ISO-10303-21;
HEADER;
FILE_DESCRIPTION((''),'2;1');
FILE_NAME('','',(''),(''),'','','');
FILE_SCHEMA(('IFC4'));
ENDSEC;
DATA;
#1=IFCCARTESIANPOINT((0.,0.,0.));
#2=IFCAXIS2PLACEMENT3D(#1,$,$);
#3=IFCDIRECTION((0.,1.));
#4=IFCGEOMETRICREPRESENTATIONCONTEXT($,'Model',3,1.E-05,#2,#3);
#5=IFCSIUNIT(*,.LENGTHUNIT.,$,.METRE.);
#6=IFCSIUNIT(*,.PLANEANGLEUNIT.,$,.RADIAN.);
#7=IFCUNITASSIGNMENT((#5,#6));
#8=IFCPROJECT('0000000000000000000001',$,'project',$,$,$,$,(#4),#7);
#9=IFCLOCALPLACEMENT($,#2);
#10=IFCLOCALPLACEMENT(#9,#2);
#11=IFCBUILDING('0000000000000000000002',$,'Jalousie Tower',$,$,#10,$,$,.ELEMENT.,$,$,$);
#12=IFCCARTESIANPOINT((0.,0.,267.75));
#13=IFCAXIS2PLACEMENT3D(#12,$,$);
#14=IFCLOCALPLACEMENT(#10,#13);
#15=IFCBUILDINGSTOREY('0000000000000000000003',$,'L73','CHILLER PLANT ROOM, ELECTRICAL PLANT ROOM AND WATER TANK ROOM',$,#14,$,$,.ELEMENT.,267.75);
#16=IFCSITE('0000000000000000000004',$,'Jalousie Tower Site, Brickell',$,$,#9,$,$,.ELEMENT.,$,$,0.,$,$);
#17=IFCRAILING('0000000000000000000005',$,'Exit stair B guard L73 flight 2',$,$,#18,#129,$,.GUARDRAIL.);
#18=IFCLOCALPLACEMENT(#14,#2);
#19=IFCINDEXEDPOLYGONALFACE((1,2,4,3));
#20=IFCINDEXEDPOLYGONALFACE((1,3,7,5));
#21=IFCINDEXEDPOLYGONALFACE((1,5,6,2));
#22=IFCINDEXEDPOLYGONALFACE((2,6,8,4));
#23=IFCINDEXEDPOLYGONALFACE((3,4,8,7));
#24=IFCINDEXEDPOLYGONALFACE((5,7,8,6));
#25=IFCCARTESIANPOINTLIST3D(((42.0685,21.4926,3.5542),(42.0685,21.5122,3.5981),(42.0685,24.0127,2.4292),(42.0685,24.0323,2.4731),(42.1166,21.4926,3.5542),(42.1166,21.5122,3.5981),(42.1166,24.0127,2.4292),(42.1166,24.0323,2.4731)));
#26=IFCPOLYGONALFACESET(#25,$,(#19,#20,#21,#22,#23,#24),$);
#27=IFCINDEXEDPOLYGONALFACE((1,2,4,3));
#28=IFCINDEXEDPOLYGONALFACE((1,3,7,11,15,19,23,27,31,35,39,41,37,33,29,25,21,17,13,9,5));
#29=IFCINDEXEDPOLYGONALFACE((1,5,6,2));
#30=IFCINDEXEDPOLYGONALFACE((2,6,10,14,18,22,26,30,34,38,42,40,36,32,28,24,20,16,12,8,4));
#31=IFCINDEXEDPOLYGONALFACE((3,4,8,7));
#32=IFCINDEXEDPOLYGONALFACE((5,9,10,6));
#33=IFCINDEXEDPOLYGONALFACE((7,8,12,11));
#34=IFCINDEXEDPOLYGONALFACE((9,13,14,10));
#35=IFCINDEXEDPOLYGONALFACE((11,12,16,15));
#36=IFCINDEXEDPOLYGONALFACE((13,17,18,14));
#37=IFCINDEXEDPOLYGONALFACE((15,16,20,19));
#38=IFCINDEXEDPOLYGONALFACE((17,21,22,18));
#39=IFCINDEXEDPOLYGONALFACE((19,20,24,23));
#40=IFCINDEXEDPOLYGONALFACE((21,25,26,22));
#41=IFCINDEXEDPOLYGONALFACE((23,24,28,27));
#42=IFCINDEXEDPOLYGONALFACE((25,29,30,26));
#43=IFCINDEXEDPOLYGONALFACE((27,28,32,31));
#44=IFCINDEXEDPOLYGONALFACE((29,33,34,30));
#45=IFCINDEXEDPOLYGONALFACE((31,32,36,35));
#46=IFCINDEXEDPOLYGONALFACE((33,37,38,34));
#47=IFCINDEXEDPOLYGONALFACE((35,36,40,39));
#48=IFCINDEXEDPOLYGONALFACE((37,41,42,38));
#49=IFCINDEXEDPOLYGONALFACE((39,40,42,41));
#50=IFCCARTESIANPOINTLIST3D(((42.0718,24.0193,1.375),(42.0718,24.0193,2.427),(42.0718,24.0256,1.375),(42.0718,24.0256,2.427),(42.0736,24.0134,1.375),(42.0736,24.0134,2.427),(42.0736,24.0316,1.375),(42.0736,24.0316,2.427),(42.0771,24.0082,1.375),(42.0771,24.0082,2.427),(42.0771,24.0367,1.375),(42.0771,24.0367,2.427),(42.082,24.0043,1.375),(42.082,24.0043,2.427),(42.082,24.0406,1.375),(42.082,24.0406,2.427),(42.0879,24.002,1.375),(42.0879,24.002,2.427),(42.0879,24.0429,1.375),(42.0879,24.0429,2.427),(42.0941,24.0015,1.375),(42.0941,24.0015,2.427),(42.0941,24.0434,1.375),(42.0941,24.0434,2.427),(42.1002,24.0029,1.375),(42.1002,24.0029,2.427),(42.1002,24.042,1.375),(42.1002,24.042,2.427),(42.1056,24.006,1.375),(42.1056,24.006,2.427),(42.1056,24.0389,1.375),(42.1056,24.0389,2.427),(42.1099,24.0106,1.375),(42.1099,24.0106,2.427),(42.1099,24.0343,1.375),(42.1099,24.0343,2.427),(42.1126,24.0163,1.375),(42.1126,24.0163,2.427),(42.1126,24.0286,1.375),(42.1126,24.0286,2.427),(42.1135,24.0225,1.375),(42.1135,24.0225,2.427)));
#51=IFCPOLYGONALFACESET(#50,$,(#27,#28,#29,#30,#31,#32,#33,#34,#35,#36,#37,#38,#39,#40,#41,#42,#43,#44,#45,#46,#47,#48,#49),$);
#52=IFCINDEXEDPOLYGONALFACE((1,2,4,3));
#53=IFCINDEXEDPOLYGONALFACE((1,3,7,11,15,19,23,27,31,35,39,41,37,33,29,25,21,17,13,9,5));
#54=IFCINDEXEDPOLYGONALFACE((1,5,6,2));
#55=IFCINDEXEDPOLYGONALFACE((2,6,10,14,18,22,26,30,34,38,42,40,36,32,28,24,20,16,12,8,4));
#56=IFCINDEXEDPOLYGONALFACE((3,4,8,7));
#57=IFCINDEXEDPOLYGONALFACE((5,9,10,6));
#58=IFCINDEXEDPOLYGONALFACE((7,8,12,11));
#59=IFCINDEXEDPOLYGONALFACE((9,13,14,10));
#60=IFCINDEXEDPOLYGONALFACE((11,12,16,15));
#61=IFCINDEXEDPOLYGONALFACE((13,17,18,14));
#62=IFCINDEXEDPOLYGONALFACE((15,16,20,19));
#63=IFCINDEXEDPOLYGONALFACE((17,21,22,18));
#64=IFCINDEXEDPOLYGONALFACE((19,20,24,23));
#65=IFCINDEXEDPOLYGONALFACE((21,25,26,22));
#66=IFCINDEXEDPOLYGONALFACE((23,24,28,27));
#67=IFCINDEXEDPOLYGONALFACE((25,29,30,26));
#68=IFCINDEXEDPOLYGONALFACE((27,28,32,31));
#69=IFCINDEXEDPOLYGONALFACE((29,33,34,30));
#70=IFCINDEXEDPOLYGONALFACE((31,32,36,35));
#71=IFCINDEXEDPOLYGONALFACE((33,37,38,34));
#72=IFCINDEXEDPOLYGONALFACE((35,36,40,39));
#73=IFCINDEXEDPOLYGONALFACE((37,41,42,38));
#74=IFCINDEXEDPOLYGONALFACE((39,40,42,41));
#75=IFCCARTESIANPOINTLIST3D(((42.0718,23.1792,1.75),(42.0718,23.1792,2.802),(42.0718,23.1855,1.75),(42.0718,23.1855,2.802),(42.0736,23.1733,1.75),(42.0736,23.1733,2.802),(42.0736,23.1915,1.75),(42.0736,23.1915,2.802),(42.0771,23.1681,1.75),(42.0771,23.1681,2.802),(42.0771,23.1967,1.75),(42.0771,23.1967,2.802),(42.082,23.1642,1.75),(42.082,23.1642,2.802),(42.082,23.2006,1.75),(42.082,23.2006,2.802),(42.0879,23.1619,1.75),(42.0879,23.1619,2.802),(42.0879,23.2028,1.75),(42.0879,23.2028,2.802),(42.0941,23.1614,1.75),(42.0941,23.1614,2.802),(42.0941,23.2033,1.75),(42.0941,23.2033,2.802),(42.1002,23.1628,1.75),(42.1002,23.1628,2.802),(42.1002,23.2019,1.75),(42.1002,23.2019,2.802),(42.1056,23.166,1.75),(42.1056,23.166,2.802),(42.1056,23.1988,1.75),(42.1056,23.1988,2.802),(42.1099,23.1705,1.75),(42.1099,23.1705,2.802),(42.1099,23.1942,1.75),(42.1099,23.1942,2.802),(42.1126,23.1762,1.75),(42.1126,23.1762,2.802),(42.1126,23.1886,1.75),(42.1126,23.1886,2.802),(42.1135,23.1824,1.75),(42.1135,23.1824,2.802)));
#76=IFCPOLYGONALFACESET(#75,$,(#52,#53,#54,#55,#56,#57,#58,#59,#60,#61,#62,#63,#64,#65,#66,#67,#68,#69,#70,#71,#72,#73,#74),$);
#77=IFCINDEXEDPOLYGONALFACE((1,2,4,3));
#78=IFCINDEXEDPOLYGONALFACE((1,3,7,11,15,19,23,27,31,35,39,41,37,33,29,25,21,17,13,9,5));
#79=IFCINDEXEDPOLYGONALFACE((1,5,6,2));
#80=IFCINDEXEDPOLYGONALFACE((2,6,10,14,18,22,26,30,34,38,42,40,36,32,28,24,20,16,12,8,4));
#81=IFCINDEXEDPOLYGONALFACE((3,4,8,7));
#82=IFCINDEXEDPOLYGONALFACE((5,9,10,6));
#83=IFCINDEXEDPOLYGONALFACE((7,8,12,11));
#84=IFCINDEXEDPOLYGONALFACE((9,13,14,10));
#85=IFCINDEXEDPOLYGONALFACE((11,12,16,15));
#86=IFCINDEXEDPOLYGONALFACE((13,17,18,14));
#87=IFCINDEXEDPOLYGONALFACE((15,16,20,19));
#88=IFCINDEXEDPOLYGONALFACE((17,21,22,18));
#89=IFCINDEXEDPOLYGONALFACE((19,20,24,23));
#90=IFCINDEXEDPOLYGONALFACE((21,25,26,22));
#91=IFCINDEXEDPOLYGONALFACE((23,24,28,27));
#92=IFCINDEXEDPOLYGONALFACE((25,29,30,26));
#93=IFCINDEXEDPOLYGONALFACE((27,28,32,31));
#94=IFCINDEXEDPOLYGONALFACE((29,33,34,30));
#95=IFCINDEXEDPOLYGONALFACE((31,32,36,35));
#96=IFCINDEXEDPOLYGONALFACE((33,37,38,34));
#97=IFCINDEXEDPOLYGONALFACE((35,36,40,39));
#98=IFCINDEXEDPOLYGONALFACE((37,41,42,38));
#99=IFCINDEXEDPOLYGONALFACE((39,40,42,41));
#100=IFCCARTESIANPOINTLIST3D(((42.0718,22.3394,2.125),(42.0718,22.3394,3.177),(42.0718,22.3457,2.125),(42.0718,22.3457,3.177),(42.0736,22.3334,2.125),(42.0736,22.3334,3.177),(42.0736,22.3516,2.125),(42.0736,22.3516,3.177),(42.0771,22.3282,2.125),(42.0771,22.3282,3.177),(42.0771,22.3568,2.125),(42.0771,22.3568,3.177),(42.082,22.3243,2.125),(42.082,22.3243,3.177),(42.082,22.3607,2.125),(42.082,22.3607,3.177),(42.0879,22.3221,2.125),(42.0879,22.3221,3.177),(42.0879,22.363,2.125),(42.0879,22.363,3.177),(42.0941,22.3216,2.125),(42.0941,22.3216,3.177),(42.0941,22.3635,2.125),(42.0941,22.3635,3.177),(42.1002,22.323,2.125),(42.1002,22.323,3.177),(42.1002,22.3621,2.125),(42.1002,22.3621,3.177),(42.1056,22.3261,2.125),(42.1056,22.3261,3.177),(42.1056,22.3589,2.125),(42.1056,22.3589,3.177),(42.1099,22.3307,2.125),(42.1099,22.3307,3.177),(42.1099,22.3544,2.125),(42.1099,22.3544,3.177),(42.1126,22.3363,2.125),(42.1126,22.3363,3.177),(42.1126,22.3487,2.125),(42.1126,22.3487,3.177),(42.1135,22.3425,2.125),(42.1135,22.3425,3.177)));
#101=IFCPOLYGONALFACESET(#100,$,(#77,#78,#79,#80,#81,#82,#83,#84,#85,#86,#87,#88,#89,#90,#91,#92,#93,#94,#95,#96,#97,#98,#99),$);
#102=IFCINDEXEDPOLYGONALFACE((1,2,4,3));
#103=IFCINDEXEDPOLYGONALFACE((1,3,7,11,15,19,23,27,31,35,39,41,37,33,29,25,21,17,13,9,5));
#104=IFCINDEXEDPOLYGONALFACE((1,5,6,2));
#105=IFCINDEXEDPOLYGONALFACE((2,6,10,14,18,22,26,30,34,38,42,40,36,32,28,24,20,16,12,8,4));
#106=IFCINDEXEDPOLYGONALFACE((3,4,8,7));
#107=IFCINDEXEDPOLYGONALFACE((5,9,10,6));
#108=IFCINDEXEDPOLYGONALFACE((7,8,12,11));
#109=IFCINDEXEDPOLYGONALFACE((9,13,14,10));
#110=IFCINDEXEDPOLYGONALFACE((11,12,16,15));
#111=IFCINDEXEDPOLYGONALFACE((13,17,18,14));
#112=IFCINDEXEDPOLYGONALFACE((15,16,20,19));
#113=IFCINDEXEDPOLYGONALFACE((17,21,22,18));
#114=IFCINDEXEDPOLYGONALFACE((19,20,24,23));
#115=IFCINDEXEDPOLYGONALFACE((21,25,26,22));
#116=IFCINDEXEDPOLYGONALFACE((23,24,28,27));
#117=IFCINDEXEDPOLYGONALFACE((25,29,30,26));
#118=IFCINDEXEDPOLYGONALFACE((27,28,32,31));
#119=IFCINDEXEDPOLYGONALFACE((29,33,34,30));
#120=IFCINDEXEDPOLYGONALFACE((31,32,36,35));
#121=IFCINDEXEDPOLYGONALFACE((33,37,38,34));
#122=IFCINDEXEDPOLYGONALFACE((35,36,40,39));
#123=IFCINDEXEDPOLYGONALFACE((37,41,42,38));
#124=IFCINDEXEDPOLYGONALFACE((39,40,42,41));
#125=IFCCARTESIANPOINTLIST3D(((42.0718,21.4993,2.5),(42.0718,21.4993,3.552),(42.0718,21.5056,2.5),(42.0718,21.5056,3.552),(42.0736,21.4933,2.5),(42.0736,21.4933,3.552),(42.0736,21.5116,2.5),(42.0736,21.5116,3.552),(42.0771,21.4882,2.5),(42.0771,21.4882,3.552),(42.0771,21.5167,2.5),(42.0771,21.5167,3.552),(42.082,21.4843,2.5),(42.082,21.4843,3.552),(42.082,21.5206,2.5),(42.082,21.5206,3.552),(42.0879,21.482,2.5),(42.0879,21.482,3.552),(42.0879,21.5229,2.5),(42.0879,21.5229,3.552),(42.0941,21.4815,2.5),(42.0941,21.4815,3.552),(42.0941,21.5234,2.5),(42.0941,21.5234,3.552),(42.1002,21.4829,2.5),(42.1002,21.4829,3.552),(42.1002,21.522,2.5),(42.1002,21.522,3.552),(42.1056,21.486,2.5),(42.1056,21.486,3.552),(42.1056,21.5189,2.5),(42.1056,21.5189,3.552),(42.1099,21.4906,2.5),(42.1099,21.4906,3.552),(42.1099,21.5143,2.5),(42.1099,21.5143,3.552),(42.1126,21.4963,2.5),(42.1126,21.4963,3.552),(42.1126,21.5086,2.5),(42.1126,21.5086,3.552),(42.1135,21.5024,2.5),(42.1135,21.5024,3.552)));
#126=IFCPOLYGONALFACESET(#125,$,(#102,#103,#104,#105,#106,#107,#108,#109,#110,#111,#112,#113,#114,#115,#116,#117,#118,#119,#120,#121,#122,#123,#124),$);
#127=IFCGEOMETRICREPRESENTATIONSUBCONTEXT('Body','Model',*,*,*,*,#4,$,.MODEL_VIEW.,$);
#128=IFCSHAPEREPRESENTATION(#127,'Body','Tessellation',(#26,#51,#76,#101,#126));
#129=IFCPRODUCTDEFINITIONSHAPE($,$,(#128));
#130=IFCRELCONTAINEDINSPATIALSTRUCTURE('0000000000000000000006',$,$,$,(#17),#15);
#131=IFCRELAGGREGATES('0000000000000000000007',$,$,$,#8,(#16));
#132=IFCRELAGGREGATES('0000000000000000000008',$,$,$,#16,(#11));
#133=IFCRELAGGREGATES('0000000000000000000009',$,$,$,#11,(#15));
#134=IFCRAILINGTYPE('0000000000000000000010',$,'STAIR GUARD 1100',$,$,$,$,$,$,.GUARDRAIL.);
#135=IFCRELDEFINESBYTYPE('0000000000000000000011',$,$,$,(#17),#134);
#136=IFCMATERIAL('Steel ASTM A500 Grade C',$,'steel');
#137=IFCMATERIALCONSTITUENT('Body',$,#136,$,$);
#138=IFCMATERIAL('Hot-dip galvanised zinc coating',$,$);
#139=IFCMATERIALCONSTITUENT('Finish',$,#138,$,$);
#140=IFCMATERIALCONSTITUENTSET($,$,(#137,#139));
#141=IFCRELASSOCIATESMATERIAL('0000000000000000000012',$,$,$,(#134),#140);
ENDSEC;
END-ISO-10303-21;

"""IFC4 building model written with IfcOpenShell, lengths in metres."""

from ifc_helpers import new_model, si_unit, direction, frame, origin, origin_2d, place, context, subcontext, project, spatial, rectangle, circle, extrude, material, constituent, constituent_set, type_object, element, save


model = new_model("IFC4")

# Units and contexts
model_context = context("Model", 3, precision=1e-05, world=origin(), true_north=direction((0.0, 1.0)))
body_context = subcontext(model_context, "Body", "Model", "MODEL_VIEW")
ifc_project = project(units=[si_unit("LENGTHUNIT", "METRE"), si_unit("PLANEANGLEUNIT", "RADIAN")], contexts=[model_context])

# Site, building, storey
site_placement = place(None, origin())
site = spatial("IfcSite", under=ifc_project, at=site_placement, Name="Jalousie Tower Site, Brickell", CompositionType="ELEMENT", RefElevation=0.0)
building_placement = place(site_placement, origin())
building = spatial("IfcBuilding", under=site, at=building_placement, Name="Jalousie Tower", CompositionType="ELEMENT")
storey_placement = place(building_placement, frame((0.0, 0.0, 267.75)))
storey = spatial("IfcBuildingStorey", under=building, at=storey_placement, Name="L73", Description="CHILLER PLANT ROOM, ELECTRICAL PLANT ROOM AND WATER TANK ROOM", CompositionType="ELEMENT", Elevation=267.75)

# Railing
ifc_material_1 = material(Name="Steel ASTM A500 Grade C", Category="steel")
ifc_constituent_1 = constituent(ifc_material_1, Name="Body")
ifc_material_2 = material(Name="Hot-dip galvanised zinc coating")
ifc_constituent_2 = constituent(ifc_material_2, Name="Finish")
ifc_constituent_set_1 = constituent_set(constituents=[ifc_constituent_1, ifc_constituent_2])
railing_type_1 = type_object("IfcRailingType", Name="STAIR GUARD 1100", PredefinedType="GUARDRAIL", material=ifc_constituent_set_1)
railing_1_placement = place(storey_placement, frame((42.0925, 24.0225, 1.375)))
element("IfcRailing", 1, at=railing_1_placement, inside=storey, type_object=railing_type_1, Name="Exit stair B guard L73 flight 2", PredefinedType="GUARDRAIL", context=body_context, shape_type="SweptSolid", body=[
    extrude(rectangle(XDim=0.0481, YDim=0.0481, at=origin_2d()), frame((0.0, 0.0, 1.0762), z_axis=(0.0, -0.913139, 0.407648), x_axis=(1.0, 0.0, 0.0)), (0.0, 0.0, 1.0), 2.7598),
    extrude(circle(Radius=0.021, at=origin_2d()), origin(), (0.0, 0.0, 1.0), 1.052),
    extrude(circle(Radius=0.021, at=origin_2d()), frame((0.0, -0.8401, 0.375)), (0.0, 0.0, 1.0), 1.052),
    extrude(circle(Radius=0.021, at=origin_2d()), frame((0.0, -1.6799, 0.75)), (0.0, 0.0, 1.0), 1.052),
    extrude(circle(Radius=0.021, at=origin_2d()), frame((0.0, -2.52, 1.125)), (0.0, 0.0, 1.0), 1.052),
])

save(model, "model.ifc")
